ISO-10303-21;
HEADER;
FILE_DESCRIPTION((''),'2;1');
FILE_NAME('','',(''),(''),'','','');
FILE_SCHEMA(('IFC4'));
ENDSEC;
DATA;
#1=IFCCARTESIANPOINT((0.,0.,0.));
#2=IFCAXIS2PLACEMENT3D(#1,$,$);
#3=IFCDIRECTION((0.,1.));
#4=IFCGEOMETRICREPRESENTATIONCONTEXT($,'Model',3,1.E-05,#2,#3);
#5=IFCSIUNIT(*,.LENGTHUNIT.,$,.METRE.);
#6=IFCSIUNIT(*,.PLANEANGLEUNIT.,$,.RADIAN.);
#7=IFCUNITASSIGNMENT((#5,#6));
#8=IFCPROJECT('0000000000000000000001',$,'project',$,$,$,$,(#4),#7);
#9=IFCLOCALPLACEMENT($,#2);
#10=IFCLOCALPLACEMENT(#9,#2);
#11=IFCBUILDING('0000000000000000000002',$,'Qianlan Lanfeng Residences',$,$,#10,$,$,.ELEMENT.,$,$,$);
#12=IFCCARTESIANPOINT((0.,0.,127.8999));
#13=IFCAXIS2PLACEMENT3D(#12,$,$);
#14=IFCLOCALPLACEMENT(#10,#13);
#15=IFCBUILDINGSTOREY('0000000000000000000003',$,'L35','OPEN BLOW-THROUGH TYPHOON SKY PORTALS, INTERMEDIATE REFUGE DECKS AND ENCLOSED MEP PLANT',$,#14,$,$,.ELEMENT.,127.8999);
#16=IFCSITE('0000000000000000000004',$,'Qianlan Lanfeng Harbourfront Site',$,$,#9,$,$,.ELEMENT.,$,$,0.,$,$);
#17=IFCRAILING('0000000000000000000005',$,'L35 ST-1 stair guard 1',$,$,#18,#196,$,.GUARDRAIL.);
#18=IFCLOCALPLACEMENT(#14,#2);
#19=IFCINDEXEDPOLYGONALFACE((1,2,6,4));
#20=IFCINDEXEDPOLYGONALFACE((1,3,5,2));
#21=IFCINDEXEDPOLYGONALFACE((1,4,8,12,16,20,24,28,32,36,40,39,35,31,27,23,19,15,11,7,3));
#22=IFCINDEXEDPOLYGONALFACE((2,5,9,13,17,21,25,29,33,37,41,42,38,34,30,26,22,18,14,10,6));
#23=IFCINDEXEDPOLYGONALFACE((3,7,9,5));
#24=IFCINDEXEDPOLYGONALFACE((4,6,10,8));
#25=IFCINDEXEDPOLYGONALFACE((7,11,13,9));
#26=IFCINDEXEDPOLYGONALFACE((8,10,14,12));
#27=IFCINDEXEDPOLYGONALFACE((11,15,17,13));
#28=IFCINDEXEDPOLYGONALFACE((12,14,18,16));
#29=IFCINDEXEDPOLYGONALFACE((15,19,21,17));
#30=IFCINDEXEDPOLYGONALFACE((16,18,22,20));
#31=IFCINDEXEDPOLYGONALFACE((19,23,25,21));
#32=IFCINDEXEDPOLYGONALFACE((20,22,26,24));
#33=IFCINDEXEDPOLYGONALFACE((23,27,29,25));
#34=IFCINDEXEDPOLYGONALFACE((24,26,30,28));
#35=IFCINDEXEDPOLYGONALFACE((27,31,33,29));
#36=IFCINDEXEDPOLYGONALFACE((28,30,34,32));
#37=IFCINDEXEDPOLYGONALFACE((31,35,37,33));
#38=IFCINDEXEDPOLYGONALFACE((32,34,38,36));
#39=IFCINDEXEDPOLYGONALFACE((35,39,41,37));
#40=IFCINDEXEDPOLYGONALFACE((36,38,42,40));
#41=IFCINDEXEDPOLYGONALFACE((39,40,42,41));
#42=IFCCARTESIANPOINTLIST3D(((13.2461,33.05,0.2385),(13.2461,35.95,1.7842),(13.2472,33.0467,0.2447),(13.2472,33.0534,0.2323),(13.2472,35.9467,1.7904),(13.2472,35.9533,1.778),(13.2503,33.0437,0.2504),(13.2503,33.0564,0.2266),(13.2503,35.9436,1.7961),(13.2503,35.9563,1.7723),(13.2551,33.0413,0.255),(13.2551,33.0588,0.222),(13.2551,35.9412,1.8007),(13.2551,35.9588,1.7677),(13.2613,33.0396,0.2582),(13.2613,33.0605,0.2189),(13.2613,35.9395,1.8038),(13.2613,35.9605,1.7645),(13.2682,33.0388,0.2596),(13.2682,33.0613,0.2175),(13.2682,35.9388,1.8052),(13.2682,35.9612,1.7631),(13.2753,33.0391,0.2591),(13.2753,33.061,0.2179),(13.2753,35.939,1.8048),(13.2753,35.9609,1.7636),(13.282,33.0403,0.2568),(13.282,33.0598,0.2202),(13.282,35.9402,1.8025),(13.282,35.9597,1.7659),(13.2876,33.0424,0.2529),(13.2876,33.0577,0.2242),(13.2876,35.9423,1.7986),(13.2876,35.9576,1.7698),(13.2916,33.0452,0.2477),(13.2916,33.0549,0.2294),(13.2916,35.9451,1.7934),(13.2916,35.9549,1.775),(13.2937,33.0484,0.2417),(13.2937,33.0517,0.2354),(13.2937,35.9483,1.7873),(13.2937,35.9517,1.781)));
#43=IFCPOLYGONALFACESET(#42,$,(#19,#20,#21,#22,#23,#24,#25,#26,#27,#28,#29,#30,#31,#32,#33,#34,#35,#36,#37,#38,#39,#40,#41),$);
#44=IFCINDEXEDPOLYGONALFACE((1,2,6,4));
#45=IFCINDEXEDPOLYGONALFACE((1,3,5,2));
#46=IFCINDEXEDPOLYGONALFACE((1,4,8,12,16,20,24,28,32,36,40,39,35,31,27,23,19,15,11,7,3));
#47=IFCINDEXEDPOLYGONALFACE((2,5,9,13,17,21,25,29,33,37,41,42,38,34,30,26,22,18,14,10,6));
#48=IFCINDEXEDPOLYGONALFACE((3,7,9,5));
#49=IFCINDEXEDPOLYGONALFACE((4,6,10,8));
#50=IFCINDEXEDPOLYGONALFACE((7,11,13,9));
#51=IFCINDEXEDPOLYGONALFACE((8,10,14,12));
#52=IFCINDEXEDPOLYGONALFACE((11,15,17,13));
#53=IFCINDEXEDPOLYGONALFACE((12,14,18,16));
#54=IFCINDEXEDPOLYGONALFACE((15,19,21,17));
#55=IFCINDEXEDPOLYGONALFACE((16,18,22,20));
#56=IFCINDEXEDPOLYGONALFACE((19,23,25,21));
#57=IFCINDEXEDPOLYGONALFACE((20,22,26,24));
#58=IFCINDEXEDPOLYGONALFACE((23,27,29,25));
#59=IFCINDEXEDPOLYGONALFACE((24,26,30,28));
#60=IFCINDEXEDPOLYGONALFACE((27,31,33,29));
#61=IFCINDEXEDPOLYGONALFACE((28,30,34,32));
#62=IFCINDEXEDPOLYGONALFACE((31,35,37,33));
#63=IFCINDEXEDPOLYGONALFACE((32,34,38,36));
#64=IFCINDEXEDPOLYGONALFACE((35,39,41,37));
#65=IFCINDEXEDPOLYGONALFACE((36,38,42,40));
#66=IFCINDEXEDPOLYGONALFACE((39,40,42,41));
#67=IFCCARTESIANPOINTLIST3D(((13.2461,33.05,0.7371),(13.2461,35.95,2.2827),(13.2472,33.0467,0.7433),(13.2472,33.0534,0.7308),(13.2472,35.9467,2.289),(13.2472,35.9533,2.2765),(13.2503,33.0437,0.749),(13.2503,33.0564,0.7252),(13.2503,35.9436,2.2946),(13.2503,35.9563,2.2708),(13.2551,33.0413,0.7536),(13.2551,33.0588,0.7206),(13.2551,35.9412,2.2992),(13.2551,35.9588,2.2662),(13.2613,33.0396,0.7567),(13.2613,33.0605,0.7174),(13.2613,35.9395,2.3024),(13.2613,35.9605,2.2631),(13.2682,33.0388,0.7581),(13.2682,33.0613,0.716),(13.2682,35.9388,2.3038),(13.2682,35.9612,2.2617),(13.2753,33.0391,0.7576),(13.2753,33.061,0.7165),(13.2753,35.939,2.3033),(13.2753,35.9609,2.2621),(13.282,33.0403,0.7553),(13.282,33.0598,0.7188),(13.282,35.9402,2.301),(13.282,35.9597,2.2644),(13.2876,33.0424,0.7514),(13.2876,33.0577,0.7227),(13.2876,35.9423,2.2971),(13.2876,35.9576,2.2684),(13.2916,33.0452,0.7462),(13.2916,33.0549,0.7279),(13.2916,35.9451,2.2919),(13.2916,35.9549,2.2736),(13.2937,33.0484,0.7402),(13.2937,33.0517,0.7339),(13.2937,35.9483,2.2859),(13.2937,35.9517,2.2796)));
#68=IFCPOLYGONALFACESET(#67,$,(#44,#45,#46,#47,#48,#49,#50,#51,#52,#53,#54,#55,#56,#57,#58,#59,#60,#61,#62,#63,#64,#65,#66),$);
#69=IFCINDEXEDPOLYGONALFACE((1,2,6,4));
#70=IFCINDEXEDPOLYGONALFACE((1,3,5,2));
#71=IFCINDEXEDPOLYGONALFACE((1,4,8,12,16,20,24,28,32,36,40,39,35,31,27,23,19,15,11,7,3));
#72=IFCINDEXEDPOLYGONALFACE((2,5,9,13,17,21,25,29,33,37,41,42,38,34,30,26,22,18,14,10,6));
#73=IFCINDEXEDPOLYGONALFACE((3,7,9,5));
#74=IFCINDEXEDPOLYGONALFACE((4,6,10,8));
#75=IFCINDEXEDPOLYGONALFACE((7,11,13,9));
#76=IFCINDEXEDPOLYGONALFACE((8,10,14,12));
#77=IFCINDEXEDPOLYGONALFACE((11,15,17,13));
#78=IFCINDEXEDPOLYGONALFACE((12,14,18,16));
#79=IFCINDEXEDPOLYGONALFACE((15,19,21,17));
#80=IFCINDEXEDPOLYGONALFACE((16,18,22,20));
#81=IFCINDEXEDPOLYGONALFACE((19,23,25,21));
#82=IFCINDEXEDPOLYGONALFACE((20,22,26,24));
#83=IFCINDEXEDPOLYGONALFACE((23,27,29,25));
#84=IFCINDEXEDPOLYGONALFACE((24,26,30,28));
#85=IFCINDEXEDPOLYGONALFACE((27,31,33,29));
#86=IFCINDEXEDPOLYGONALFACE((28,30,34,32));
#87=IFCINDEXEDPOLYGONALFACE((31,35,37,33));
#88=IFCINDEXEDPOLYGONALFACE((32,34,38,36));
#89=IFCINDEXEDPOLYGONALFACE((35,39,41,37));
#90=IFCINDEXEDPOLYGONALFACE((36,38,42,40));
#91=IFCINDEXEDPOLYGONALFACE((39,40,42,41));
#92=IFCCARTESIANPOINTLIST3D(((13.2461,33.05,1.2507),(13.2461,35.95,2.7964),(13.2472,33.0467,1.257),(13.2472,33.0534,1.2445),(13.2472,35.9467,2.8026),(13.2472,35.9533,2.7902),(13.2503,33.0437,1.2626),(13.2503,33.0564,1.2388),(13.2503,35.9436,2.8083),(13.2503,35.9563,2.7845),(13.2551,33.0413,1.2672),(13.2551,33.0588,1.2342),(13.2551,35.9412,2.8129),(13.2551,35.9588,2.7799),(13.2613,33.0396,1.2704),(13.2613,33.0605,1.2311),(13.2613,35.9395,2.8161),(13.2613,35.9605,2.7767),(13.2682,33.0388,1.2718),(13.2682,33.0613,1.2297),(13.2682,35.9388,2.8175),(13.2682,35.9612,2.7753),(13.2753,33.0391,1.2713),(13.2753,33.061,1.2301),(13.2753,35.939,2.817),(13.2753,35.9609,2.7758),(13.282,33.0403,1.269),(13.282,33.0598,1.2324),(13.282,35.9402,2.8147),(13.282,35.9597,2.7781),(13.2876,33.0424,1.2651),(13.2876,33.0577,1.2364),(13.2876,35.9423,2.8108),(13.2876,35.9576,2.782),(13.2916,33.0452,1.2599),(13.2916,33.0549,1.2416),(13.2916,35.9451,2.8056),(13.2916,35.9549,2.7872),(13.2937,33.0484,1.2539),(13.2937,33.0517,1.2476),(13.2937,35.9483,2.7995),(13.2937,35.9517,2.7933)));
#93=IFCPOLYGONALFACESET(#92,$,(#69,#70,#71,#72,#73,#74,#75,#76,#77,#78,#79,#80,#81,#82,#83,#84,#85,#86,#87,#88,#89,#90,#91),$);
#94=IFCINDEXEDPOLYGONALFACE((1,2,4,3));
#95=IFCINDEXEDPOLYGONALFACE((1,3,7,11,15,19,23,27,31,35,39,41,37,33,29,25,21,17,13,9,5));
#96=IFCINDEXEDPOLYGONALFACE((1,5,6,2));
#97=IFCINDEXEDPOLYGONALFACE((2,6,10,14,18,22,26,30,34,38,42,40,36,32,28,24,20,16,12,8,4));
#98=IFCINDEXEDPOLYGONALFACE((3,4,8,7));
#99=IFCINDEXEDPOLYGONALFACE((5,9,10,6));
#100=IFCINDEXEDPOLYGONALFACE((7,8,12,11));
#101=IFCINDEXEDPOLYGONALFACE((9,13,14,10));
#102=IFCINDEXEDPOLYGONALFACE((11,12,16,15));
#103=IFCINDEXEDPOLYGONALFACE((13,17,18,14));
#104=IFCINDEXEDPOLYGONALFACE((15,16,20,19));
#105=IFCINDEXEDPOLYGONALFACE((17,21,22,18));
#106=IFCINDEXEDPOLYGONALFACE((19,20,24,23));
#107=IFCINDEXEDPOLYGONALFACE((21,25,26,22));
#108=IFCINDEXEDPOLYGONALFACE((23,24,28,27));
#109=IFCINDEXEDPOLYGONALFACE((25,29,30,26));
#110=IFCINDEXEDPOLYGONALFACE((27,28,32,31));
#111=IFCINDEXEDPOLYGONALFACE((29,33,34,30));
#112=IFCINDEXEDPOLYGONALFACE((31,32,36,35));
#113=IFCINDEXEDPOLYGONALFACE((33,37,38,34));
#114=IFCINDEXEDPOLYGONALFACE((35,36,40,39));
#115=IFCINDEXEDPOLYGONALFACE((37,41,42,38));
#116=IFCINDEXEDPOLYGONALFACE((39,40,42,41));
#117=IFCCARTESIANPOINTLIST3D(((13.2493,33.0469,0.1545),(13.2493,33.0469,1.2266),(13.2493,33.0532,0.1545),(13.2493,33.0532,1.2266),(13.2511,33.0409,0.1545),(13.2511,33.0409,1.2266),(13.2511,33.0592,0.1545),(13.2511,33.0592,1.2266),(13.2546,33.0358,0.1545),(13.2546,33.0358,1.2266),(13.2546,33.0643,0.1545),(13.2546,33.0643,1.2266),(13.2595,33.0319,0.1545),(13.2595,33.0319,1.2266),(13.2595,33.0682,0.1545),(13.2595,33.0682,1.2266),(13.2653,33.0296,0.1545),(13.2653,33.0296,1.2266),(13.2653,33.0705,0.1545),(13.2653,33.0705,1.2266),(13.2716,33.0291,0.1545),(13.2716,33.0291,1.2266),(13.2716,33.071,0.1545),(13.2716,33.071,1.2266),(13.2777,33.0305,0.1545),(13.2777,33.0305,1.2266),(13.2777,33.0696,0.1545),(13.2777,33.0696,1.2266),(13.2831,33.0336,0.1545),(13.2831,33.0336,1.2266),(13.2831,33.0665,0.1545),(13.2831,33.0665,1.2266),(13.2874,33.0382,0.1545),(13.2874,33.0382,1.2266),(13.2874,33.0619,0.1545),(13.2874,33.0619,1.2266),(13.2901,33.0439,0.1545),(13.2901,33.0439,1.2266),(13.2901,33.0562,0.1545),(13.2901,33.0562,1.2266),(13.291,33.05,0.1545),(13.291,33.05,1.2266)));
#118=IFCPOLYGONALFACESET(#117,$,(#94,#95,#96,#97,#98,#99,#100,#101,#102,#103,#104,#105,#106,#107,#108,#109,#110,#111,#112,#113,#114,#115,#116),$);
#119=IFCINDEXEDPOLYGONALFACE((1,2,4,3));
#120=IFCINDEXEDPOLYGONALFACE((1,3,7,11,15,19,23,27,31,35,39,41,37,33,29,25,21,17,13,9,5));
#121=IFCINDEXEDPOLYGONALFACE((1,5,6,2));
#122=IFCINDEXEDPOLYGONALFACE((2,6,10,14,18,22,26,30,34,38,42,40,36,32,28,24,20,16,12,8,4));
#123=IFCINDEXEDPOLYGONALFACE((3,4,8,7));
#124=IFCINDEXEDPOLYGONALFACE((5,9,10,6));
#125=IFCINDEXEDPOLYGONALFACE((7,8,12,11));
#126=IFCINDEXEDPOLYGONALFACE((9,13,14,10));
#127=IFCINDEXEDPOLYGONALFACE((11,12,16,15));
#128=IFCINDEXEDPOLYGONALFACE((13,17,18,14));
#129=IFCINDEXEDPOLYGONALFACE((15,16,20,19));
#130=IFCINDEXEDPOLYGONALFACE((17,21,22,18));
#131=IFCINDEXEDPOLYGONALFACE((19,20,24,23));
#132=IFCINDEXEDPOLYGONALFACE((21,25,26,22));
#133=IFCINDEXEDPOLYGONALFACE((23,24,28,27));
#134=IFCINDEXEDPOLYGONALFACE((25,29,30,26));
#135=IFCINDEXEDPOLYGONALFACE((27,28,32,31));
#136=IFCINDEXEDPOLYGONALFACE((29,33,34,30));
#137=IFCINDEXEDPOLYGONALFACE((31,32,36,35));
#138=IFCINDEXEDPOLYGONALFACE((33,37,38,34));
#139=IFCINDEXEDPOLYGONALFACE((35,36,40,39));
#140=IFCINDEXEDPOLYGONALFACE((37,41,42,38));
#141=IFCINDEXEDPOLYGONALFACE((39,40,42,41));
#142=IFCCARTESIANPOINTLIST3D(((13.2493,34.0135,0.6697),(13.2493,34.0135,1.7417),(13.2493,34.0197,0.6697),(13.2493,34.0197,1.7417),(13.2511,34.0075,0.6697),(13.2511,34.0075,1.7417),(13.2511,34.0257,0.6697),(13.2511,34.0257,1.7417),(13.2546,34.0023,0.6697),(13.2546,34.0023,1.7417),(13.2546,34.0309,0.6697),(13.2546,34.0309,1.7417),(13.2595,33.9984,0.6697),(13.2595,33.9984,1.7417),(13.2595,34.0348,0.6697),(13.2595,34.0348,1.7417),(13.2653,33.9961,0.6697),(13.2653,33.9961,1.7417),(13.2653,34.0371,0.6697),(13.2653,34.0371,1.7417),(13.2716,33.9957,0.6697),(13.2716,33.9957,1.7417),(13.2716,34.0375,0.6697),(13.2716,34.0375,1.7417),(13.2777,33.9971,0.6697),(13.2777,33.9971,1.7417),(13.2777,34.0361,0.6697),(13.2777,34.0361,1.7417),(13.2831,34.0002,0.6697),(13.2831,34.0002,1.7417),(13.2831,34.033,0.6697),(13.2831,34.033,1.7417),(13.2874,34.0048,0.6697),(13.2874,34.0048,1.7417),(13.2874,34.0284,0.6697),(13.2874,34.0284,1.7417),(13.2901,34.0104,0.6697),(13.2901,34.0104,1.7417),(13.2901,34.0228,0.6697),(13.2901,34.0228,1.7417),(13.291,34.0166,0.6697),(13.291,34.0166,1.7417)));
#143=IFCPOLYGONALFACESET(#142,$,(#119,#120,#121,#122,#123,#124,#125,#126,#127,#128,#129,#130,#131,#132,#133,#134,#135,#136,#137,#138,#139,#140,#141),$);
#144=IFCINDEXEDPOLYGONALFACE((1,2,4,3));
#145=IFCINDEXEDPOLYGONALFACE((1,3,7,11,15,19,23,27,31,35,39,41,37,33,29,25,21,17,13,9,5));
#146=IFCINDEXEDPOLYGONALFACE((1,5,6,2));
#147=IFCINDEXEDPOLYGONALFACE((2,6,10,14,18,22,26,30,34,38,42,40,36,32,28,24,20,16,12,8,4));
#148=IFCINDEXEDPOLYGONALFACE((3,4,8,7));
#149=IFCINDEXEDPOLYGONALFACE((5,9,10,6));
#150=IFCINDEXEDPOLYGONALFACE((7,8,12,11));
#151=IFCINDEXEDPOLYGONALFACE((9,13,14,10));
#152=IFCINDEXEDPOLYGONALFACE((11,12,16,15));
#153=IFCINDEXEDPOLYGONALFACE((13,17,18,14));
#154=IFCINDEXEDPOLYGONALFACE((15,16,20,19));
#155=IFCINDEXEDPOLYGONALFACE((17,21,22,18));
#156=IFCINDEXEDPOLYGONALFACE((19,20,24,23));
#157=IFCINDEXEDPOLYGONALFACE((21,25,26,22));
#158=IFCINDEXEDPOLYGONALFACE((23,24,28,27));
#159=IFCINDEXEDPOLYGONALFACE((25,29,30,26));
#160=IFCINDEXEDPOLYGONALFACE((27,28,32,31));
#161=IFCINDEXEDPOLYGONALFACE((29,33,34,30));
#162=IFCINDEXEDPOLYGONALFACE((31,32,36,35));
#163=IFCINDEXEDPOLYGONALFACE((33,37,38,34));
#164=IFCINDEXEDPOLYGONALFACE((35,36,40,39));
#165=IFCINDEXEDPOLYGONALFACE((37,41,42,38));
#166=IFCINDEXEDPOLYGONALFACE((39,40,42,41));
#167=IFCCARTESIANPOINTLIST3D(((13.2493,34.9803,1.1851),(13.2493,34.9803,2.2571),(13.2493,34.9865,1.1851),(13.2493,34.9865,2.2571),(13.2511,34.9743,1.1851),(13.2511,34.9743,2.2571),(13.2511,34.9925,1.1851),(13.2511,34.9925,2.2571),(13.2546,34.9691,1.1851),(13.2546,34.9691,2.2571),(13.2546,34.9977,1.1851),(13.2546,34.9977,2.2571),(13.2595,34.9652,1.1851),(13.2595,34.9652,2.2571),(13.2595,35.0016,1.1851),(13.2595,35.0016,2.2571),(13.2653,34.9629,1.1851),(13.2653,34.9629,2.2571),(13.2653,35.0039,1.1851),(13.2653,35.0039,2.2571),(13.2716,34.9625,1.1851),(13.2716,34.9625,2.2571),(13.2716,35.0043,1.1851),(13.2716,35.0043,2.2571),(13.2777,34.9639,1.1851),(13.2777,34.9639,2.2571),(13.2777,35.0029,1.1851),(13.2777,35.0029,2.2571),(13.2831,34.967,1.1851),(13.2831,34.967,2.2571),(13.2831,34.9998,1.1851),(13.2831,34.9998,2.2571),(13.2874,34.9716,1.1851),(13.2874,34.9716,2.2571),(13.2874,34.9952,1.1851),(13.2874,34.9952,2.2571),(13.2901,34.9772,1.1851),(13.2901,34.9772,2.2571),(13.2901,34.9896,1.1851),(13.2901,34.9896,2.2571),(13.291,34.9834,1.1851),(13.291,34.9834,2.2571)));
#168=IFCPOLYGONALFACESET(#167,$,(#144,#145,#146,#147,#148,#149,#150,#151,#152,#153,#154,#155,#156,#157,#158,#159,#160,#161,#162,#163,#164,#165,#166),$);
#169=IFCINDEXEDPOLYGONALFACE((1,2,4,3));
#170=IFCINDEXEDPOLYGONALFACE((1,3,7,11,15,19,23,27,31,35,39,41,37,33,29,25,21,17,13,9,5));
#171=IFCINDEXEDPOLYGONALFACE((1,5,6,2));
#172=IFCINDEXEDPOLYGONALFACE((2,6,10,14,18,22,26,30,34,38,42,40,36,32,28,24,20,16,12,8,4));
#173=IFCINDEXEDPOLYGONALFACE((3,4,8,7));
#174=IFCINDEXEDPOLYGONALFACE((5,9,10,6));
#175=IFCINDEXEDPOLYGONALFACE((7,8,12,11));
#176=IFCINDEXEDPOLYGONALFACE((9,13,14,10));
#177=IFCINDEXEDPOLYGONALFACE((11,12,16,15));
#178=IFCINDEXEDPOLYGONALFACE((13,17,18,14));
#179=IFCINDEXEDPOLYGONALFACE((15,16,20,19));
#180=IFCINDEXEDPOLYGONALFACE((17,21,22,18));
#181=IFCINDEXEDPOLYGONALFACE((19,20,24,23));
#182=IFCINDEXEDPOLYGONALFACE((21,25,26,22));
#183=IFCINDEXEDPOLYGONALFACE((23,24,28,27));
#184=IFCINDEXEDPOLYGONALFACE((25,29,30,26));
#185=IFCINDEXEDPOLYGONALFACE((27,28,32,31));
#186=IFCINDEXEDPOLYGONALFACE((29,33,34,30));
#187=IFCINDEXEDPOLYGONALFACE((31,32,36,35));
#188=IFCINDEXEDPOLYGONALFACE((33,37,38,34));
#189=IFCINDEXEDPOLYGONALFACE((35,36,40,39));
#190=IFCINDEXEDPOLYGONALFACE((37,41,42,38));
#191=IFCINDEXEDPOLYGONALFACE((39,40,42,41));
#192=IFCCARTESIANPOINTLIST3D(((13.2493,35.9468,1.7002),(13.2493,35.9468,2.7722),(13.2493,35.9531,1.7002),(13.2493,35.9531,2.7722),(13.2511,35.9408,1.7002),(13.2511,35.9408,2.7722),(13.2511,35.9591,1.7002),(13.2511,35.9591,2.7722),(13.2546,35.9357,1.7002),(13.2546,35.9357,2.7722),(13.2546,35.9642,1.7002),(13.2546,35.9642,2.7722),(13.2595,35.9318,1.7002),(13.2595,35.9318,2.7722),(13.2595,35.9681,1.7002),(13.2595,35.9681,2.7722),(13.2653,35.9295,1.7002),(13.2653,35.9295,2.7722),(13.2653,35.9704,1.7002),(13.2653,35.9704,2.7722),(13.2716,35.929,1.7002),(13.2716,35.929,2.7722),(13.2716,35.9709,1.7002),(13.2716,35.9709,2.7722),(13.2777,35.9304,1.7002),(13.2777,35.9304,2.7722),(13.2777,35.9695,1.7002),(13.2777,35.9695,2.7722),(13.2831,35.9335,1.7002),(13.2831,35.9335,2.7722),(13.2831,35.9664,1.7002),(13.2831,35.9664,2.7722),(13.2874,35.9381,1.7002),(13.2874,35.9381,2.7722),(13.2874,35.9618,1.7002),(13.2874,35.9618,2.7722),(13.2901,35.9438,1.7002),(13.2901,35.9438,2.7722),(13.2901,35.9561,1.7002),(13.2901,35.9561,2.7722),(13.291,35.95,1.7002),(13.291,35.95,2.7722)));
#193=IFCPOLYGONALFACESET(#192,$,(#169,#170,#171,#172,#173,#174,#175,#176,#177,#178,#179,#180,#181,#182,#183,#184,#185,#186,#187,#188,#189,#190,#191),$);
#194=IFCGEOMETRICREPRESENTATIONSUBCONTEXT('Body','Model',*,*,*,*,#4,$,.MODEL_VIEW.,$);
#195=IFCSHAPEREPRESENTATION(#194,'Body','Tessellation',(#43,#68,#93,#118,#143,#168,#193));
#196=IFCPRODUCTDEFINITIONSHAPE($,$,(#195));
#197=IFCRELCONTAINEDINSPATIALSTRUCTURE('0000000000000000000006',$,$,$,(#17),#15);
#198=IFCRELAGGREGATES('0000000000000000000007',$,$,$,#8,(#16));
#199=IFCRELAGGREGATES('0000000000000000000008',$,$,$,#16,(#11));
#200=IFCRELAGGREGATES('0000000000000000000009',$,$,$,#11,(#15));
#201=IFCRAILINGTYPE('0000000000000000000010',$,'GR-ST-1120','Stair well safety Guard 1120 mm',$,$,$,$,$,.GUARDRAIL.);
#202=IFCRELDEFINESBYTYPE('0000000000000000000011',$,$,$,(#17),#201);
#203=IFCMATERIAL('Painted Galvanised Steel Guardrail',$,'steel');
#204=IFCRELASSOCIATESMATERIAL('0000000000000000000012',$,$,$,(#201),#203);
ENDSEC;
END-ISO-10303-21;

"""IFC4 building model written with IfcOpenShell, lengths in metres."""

from ifc_helpers import new_model, si_unit, direction, frame, origin, origin_2d, place, context, subcontext, project, spatial, circle, extrude, material, type_object, element, save


model = new_model("IFC4")

# Units and contexts
model_context = context("Model", 3, precision=1e-05, world=origin(), true_north=direction((0.0, 1.0)))
body_context = subcontext(model_context, "Body", "Model", "MODEL_VIEW")
ifc_project = project(units=[si_unit("LENGTHUNIT", "METRE"), si_unit("PLANEANGLEUNIT", "RADIAN")], contexts=[model_context])

# Site, building, storey
site_placement = place(None, origin())
site = spatial("IfcSite", under=ifc_project, at=site_placement, Name="Qianlan Lanfeng Harbourfront Site", CompositionType="ELEMENT", RefElevation=0.0)
building_placement = place(site_placement, origin())
building = spatial("IfcBuilding", under=site, at=building_placement, Name="Qianlan Lanfeng Residences", CompositionType="ELEMENT")
storey_placement = place(building_placement, frame((0.0, 0.0, 127.8999)))
storey = spatial("IfcBuildingStorey", under=building, at=storey_placement, Name="L35", Description="OPEN BLOW-THROUGH TYPHOON SKY PORTALS, INTERMEDIATE REFUGE DECKS AND ENCLOSED MEP PLANT", CompositionType="ELEMENT", Elevation=127.8999)

# Railing
ifc_material_1 = material(Name="Painted Galvanised Steel Guardrail", Category="steel")
railing_type_1 = type_object("IfcRailingType", Name="GR-ST-1120", Description="Stair well safety Guard 1120 mm", PredefinedType="GUARDRAIL", material=ifc_material_1)
railing_1_placement = place(storey_placement, frame((13.27, 33.05, 0.1545)))
element("IfcRailing", 1, at=railing_1_placement, inside=storey, type_object=railing_type_1, Name="L35 ST-1 stair guard 1", PredefinedType="GUARDRAIL", context=body_context, shape_type="SweptSolid", body=[
    extrude(circle(Radius=0.0239, at=origin_2d()), frame((0.0, 0.0, 0.084), z_axis=(0.0, 0.882474, 0.470361), x_axis=(-1.0, 0.0, 0.0)), (0.0, 0.0, 1.0), 3.2861),
    extrude(circle(Radius=0.0239, at=origin_2d()), frame((0.0, 0.0, 0.5825), z_axis=(0.0, 0.882474, 0.470361), x_axis=(-1.0, 0.0, 0.0)), (0.0, 0.0, 1.0), 3.2861),
    extrude(circle(Radius=0.0239, at=origin_2d()), frame((0.0, 0.0, 1.0962), z_axis=(0.0, 0.882474, 0.470361), x_axis=(-1.0, 0.0, 0.0)), (0.0, 0.0, 1.0), 3.2861),
    extrude(circle(Radius=0.021, at=origin_2d()), origin(), (0.0, 0.0, 1.0), 1.072),
    extrude(circle(Radius=0.021, at=origin_2d()), frame((0.0, 0.9666, 0.5151)), (0.0, 0.0, 1.0), 1.072),
    extrude(circle(Radius=0.021, at=origin_2d()), frame((0.0, 1.9333, 1.0305)), (0.0, 0.0, 1.0), 1.072),
    extrude(circle(Radius=0.021, at=origin_2d()), frame((0.0, 2.8999, 1.5457)), (0.0, 0.0, 1.0), 1.072),
])

save(model, "model.ifc")
